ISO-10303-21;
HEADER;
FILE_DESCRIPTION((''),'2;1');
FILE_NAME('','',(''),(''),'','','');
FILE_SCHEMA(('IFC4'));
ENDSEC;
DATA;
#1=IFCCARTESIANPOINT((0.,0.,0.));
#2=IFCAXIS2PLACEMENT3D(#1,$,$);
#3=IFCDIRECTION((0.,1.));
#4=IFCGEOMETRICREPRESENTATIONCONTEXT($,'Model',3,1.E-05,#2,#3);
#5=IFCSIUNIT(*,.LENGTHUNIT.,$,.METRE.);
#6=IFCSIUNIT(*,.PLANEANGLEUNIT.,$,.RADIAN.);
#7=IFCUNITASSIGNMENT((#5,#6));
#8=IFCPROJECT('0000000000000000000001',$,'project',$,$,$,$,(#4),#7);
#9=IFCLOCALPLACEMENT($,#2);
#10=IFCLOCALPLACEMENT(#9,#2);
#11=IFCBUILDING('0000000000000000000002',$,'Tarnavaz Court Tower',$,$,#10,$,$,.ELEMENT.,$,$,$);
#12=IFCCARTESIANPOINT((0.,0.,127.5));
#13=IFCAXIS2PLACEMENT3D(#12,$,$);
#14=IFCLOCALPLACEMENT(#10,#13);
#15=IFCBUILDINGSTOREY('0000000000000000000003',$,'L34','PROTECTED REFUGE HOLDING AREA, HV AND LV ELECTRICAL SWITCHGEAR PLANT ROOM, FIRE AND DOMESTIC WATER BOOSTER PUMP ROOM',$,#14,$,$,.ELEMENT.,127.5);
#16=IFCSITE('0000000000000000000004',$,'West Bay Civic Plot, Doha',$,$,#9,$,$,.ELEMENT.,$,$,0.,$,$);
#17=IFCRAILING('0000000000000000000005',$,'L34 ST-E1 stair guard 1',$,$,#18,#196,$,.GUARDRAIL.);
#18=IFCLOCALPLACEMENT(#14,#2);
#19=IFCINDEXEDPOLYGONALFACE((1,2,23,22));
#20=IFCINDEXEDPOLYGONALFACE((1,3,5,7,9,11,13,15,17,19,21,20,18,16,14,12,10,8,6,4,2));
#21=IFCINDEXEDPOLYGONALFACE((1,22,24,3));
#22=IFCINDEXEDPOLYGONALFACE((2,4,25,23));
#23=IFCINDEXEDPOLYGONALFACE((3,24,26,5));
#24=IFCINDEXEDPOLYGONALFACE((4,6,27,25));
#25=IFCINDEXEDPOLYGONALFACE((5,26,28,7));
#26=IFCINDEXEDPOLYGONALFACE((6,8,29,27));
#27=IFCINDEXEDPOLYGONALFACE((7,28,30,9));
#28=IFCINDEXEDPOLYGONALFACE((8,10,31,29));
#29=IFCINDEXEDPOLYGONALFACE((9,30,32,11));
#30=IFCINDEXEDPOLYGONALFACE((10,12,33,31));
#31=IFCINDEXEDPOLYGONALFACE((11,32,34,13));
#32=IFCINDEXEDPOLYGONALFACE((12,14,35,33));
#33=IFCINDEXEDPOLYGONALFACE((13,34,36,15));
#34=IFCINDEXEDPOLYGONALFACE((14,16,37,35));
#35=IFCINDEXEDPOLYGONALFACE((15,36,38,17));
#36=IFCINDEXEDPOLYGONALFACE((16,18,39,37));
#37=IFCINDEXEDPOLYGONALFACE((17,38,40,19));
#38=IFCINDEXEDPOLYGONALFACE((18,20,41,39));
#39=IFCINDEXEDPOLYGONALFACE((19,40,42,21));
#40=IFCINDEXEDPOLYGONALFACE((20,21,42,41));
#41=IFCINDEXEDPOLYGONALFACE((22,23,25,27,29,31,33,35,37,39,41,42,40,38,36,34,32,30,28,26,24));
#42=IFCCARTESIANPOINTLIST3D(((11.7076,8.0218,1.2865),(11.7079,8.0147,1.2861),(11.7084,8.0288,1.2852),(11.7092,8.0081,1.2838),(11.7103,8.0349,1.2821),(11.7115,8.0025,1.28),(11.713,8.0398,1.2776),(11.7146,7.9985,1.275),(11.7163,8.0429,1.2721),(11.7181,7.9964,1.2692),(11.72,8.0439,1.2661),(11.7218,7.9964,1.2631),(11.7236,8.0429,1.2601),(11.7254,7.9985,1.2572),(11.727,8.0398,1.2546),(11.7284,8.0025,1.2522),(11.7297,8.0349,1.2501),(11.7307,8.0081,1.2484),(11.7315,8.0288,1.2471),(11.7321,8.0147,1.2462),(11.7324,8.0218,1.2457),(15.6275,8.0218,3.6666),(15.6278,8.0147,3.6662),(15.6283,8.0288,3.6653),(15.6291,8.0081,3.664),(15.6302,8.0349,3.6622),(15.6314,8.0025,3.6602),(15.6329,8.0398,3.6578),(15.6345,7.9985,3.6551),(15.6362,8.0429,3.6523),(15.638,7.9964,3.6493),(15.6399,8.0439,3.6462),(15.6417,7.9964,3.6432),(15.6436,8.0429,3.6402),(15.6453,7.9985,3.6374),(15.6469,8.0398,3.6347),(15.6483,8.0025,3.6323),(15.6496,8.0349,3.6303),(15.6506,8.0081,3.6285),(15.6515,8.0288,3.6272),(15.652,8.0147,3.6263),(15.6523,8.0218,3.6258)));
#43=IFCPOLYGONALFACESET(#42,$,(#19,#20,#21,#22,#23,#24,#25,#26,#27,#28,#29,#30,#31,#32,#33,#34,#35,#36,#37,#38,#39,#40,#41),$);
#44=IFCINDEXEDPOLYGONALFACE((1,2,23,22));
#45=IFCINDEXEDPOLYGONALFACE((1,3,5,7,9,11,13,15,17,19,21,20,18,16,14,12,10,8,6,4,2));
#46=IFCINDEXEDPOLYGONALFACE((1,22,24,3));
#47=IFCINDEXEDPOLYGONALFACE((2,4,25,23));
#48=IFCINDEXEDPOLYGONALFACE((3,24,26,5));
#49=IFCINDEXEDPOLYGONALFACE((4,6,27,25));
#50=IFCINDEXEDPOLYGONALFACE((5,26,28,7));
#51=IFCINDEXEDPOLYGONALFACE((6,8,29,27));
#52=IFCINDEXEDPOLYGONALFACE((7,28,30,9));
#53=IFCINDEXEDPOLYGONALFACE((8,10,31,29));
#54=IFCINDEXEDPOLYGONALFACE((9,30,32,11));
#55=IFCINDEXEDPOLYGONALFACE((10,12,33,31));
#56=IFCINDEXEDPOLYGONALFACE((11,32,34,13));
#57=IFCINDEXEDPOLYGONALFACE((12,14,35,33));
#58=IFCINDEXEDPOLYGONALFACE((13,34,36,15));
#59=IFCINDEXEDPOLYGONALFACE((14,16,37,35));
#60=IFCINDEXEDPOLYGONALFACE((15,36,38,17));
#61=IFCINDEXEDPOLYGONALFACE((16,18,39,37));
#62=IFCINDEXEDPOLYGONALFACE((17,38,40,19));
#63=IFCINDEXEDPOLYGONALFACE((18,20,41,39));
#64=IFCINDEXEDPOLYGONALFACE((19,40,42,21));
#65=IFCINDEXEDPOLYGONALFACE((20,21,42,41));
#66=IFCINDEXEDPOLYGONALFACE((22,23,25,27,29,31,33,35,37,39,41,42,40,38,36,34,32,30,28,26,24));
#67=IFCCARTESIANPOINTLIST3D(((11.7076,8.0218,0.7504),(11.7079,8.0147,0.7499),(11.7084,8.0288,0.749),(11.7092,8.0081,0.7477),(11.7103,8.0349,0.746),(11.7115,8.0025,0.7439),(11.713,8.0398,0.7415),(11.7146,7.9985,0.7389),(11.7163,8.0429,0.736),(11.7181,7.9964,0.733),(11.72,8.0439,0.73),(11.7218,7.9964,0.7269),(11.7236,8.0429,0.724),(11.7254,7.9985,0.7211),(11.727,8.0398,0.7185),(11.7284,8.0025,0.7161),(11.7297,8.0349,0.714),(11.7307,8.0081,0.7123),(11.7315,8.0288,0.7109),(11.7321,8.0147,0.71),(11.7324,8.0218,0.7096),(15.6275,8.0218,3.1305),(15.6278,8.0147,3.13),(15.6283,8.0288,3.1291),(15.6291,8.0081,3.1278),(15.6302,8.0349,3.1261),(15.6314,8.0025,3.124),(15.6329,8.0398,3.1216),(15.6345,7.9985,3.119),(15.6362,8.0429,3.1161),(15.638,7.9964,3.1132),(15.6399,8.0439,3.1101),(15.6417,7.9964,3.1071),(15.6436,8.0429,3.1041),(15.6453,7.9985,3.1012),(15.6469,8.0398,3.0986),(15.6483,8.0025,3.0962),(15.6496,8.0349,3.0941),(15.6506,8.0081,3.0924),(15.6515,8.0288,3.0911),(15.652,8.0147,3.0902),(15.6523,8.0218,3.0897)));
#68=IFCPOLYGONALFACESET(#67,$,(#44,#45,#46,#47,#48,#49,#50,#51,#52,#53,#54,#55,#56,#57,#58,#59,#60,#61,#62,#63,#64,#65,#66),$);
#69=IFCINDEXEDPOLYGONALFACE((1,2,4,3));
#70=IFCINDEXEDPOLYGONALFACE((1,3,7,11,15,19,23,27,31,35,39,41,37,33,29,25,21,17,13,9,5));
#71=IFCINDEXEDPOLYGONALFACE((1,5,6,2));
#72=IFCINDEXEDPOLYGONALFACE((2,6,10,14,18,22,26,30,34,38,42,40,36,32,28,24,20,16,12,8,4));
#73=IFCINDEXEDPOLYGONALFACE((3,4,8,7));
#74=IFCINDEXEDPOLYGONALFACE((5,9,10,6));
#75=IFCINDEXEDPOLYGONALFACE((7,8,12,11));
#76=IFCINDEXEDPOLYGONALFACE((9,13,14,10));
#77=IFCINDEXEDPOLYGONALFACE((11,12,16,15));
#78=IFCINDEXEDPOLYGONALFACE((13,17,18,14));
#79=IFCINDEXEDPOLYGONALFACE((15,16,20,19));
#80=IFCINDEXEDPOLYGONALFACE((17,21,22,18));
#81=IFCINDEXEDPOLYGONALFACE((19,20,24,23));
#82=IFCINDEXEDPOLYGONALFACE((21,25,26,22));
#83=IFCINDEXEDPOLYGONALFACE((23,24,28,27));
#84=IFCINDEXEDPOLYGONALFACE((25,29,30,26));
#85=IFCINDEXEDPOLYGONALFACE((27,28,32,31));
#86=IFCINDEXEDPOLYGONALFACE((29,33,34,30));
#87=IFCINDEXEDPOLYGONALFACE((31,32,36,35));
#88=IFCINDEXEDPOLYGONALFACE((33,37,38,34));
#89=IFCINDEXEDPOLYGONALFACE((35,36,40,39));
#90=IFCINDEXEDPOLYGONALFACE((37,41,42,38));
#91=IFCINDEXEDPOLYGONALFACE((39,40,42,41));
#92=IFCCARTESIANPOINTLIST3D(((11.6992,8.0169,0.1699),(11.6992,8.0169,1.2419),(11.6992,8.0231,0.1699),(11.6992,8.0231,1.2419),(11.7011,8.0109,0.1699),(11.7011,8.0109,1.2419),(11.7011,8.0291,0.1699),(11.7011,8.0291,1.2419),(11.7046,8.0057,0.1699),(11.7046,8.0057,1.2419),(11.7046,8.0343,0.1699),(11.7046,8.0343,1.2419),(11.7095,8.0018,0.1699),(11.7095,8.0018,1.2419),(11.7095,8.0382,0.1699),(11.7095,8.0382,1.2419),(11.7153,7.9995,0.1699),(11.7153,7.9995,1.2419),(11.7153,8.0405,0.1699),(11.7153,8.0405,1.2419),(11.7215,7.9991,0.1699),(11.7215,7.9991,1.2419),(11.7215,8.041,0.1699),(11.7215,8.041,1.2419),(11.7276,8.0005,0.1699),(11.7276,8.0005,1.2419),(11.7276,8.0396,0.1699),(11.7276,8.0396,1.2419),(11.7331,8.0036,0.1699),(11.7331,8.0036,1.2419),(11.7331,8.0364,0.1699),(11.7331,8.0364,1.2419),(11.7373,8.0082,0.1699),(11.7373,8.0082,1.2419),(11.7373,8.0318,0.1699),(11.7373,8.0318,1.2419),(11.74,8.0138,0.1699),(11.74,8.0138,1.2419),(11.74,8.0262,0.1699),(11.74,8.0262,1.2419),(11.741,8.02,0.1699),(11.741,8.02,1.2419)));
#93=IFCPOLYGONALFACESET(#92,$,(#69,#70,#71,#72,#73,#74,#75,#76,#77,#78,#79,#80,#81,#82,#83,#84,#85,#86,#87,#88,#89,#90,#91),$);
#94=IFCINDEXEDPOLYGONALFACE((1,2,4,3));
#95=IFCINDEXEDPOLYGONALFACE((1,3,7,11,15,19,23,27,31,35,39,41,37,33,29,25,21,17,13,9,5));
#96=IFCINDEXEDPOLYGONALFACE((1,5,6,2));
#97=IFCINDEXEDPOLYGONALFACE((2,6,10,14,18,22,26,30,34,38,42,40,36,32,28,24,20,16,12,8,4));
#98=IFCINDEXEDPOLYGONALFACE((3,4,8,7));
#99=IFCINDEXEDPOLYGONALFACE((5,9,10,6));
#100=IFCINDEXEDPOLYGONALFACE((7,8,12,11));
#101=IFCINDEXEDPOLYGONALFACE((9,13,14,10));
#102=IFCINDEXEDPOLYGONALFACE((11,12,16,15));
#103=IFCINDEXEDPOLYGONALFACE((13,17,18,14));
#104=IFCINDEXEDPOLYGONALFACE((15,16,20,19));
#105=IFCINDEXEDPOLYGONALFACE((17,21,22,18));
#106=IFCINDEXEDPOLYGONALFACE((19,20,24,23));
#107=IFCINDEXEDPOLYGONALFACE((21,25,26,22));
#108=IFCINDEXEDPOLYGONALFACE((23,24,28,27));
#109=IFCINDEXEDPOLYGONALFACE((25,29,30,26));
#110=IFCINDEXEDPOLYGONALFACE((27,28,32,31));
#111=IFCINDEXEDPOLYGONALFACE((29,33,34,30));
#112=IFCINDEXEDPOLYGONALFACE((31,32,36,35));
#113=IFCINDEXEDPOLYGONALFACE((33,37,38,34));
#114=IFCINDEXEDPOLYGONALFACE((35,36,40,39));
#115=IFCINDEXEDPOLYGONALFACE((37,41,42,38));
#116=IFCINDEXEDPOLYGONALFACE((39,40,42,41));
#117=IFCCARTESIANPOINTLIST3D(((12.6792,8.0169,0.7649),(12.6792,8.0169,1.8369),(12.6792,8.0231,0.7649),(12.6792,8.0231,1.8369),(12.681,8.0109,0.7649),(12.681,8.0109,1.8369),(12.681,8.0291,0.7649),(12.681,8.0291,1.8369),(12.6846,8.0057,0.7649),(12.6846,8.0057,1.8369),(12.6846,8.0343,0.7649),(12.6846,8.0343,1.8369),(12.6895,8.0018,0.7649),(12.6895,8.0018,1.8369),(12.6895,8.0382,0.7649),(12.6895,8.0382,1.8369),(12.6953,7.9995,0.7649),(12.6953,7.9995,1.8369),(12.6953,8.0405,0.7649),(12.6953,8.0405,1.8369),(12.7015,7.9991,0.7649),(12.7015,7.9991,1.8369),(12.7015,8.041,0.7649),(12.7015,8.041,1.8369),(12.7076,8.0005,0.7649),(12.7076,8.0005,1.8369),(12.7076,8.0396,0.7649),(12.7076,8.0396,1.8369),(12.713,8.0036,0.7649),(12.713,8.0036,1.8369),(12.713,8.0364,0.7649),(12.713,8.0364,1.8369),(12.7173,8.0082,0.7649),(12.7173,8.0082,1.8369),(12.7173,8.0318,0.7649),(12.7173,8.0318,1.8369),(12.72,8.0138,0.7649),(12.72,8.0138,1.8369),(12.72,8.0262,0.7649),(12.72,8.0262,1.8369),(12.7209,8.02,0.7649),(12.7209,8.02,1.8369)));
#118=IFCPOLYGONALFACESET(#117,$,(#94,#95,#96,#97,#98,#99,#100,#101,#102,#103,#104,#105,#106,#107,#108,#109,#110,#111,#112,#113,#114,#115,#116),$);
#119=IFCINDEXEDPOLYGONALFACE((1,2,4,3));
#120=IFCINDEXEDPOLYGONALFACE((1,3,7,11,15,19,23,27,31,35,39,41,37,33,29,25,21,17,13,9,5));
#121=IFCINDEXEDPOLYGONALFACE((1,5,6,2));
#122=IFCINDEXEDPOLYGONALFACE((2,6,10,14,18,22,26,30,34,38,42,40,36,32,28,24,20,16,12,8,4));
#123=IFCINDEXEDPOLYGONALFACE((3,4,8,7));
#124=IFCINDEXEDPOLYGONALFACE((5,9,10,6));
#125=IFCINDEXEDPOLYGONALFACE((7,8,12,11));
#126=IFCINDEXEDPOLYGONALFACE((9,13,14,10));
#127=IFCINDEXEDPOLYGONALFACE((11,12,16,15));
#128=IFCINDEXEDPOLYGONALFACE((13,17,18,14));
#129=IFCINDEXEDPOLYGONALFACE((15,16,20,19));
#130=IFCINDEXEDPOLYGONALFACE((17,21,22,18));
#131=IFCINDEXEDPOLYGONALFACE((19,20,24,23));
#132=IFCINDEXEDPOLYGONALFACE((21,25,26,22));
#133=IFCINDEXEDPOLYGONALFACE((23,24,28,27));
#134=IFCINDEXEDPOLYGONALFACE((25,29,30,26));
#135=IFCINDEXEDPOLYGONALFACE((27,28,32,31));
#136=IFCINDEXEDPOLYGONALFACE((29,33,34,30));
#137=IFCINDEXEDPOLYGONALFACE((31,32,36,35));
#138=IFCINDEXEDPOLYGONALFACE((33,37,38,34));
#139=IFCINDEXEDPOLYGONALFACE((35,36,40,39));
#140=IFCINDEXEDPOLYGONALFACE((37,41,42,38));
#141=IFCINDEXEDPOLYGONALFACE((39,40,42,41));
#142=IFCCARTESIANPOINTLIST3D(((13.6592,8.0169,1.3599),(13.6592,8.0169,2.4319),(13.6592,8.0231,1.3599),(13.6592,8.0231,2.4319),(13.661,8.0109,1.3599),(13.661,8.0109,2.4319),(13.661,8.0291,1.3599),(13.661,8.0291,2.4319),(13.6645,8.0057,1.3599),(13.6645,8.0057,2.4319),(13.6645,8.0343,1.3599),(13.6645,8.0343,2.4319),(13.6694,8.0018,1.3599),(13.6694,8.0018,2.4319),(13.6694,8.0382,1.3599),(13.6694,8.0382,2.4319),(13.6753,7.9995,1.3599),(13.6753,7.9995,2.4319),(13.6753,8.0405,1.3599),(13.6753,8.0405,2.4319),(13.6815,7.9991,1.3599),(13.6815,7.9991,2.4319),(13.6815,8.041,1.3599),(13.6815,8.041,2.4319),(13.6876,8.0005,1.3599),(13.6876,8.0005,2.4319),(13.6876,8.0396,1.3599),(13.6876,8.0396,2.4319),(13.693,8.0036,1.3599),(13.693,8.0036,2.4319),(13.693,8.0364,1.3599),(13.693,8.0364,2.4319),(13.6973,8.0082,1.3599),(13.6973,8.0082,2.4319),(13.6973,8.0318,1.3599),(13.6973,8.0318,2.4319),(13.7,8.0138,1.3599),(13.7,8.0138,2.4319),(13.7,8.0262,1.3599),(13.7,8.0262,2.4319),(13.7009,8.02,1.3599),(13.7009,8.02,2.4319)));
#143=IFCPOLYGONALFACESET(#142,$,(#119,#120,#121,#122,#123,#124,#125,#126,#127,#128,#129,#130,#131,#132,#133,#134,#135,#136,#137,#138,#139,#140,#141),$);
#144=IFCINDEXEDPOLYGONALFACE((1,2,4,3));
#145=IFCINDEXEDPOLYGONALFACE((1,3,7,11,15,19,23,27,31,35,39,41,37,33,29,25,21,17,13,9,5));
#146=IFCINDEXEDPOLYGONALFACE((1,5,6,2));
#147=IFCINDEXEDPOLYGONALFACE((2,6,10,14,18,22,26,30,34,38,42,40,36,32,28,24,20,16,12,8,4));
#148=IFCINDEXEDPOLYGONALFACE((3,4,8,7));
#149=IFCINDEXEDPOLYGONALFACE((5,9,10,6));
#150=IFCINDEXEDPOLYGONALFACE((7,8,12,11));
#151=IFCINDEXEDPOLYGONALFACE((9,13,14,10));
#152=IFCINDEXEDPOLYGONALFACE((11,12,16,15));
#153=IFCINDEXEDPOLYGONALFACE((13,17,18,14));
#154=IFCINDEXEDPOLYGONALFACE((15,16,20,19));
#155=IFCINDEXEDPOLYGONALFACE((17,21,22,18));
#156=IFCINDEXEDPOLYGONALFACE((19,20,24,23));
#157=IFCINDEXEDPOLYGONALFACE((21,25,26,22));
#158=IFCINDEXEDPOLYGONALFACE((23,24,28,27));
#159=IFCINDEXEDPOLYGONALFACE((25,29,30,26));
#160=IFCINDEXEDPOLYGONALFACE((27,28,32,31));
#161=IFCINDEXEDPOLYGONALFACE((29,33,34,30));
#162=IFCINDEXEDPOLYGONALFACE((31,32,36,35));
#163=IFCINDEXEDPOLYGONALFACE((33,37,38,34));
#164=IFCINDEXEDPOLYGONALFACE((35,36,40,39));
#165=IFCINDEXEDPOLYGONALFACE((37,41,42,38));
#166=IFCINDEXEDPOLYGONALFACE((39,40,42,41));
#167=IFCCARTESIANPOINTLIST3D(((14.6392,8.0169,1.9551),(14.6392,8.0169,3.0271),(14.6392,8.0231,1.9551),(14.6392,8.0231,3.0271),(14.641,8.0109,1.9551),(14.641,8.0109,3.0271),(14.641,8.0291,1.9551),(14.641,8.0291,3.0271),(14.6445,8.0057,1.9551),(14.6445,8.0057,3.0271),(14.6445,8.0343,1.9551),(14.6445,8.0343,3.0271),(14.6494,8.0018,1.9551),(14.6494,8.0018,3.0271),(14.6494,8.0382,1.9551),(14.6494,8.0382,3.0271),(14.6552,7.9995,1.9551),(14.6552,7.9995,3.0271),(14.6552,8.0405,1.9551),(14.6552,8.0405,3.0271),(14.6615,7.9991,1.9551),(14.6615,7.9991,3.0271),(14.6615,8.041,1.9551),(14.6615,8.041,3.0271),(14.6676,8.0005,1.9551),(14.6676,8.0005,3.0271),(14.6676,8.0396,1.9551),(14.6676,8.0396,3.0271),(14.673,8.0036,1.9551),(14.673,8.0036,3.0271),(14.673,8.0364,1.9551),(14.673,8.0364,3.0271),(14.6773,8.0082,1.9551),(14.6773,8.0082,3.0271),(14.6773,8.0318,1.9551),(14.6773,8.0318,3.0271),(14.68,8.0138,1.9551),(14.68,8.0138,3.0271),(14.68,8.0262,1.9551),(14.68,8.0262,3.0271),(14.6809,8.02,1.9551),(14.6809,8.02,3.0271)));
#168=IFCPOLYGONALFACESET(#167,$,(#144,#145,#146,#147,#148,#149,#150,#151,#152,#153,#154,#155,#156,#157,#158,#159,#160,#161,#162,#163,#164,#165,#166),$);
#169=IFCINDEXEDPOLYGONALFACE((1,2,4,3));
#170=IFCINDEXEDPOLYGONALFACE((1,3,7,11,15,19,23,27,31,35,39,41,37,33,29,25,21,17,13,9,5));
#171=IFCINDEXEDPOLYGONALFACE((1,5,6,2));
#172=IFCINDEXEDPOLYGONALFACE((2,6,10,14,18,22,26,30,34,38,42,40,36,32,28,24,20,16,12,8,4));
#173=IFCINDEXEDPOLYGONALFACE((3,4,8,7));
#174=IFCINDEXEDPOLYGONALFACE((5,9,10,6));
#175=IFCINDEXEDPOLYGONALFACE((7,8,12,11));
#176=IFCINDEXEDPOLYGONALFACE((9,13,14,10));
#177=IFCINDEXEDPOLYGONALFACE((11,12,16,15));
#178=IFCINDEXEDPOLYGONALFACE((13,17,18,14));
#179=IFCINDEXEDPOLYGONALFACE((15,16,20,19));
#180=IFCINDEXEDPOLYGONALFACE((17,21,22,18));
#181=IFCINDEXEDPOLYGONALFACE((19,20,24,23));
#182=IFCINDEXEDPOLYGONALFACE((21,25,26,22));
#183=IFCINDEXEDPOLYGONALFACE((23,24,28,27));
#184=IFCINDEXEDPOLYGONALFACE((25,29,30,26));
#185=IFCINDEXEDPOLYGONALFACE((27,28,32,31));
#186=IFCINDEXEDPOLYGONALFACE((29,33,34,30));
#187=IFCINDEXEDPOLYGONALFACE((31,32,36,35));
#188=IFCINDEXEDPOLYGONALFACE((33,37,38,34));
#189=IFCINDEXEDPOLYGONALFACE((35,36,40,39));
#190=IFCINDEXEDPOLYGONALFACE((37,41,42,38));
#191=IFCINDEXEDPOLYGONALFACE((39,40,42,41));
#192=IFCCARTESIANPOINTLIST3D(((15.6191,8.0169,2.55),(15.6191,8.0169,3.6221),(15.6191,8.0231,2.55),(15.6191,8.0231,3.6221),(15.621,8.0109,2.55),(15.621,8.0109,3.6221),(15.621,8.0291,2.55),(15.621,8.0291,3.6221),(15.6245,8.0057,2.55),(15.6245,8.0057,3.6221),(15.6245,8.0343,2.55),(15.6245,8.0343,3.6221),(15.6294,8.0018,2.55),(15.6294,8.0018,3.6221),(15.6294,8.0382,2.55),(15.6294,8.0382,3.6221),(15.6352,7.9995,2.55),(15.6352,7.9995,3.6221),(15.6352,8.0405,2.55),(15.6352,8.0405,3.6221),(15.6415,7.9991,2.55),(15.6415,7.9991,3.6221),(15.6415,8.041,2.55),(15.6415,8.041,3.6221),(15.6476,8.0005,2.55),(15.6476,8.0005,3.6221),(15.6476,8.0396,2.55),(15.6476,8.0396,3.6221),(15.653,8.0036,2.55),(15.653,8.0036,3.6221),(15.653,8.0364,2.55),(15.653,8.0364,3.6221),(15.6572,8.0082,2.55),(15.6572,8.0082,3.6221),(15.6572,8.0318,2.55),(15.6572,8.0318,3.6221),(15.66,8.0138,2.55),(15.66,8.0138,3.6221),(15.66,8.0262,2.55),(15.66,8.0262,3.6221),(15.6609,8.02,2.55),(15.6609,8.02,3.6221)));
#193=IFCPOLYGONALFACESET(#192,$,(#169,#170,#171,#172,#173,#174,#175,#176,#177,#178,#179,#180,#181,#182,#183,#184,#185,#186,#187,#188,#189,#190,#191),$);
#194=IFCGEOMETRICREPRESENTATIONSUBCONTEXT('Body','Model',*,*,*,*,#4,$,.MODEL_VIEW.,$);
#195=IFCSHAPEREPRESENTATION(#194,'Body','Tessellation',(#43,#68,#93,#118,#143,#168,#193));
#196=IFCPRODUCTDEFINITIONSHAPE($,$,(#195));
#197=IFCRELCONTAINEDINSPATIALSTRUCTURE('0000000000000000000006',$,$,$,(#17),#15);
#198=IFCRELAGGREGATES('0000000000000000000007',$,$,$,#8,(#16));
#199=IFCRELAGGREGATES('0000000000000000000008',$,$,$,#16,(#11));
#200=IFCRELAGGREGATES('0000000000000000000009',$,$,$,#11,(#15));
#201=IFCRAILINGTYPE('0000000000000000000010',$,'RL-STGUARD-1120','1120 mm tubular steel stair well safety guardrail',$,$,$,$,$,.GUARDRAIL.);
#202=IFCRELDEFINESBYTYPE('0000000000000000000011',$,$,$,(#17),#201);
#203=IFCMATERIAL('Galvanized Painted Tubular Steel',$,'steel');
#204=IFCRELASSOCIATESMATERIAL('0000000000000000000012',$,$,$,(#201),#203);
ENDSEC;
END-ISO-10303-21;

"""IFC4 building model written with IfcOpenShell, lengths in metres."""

from ifc_helpers import new_model, si_unit, direction, frame, origin, origin_2d, place, context, subcontext, project, spatial, circle, extrude, material, type_object, element, save


model = new_model("IFC4")

# Units and contexts
model_context = context("Model", 3, precision=1e-05, world=origin(), true_north=direction((0.0, 1.0)))
body_context = subcontext(model_context, "Body", "Model", "MODEL_VIEW")
ifc_project = project(units=[si_unit("LENGTHUNIT", "METRE"), si_unit("PLANEANGLEUNIT", "RADIAN")], contexts=[model_context])

# Site, building, storey
site_placement = place(None, origin())
site = spatial("IfcSite", under=ifc_project, at=site_placement, Name="West Bay Civic Plot, Doha", CompositionType="ELEMENT", RefElevation=0.0)
building_placement = place(site_placement, origin())
building = spatial("IfcBuilding", under=site, at=building_placement, Name="Tarnavaz Court Tower", CompositionType="ELEMENT")
storey_placement = place(building_placement, frame((0.0, 0.0, 127.5)))
storey = spatial("IfcBuildingStorey", under=building, at=storey_placement, Name="L34", Description="PROTECTED REFUGE HOLDING AREA, HV AND LV ELECTRICAL SWITCHGEAR PLANT ROOM, FIRE AND DOMESTIC WATER BOOSTER PUMP ROOM", CompositionType="ELEMENT", Elevation=127.5)

# Railing
ifc_material_1 = material(Name="Galvanized Painted Tubular Steel", Category="steel")
railing_type_1 = type_object("IfcRailingType", Name="RL-STGUARD-1120", Description="1120 mm tubular steel stair well safety guardrail", PredefinedType="GUARDRAIL", material=ifc_material_1)
railing_1_placement = place(storey_placement, frame((11.72, 8.02, 0.1699)))
element("IfcRailing", 1, at=railing_1_placement, inside=storey, type_object=railing_type_1, Name="L34 ST-E1 stair guard 1", PredefinedType="GUARDRAIL", context=body_context, shape_type="SweptSolid", body=[
    extrude(circle(Radius=0.0239, at=origin_2d()), frame((0.0, 0.0, 1.0962), z_axis=(0.854771, 0.0, 0.519006), x_axis=(0.0, 1.0, 0.0)), (0.0, 0.0, 1.0), 4.5859),
    extrude(circle(Radius=0.0239, at=origin_2d()), frame((0.0, 0.0, 0.5601), z_axis=(0.854771, 0.0, 0.519006), x_axis=(0.0, 1.0, 0.0)), (0.0, 0.0, 1.0), 4.5859),
    extrude(circle(Radius=0.021, at=origin_2d()), origin(), (0.0, 0.0, 1.0), 1.072),
    extrude(circle(Radius=0.021, at=origin_2d()), frame((0.98, 0.0, 0.595)), (0.0, 0.0, 1.0), 1.072),
    extrude(circle(Radius=0.021, at=origin_2d()), frame((1.96, 0.0, 1.1899)), (0.0, 0.0, 1.0), 1.072),
    extrude(circle(Radius=0.021, at=origin_2d()), frame((2.9399, 0.0, 1.7852)), (0.0, 0.0, 1.0), 1.072),
    extrude(circle(Radius=0.021, at=origin_2d()), frame((3.9199, 0.0, 2.3801)), (0.0, 0.0, 1.0), 1.072),
])

save(model, "model.ifc")
